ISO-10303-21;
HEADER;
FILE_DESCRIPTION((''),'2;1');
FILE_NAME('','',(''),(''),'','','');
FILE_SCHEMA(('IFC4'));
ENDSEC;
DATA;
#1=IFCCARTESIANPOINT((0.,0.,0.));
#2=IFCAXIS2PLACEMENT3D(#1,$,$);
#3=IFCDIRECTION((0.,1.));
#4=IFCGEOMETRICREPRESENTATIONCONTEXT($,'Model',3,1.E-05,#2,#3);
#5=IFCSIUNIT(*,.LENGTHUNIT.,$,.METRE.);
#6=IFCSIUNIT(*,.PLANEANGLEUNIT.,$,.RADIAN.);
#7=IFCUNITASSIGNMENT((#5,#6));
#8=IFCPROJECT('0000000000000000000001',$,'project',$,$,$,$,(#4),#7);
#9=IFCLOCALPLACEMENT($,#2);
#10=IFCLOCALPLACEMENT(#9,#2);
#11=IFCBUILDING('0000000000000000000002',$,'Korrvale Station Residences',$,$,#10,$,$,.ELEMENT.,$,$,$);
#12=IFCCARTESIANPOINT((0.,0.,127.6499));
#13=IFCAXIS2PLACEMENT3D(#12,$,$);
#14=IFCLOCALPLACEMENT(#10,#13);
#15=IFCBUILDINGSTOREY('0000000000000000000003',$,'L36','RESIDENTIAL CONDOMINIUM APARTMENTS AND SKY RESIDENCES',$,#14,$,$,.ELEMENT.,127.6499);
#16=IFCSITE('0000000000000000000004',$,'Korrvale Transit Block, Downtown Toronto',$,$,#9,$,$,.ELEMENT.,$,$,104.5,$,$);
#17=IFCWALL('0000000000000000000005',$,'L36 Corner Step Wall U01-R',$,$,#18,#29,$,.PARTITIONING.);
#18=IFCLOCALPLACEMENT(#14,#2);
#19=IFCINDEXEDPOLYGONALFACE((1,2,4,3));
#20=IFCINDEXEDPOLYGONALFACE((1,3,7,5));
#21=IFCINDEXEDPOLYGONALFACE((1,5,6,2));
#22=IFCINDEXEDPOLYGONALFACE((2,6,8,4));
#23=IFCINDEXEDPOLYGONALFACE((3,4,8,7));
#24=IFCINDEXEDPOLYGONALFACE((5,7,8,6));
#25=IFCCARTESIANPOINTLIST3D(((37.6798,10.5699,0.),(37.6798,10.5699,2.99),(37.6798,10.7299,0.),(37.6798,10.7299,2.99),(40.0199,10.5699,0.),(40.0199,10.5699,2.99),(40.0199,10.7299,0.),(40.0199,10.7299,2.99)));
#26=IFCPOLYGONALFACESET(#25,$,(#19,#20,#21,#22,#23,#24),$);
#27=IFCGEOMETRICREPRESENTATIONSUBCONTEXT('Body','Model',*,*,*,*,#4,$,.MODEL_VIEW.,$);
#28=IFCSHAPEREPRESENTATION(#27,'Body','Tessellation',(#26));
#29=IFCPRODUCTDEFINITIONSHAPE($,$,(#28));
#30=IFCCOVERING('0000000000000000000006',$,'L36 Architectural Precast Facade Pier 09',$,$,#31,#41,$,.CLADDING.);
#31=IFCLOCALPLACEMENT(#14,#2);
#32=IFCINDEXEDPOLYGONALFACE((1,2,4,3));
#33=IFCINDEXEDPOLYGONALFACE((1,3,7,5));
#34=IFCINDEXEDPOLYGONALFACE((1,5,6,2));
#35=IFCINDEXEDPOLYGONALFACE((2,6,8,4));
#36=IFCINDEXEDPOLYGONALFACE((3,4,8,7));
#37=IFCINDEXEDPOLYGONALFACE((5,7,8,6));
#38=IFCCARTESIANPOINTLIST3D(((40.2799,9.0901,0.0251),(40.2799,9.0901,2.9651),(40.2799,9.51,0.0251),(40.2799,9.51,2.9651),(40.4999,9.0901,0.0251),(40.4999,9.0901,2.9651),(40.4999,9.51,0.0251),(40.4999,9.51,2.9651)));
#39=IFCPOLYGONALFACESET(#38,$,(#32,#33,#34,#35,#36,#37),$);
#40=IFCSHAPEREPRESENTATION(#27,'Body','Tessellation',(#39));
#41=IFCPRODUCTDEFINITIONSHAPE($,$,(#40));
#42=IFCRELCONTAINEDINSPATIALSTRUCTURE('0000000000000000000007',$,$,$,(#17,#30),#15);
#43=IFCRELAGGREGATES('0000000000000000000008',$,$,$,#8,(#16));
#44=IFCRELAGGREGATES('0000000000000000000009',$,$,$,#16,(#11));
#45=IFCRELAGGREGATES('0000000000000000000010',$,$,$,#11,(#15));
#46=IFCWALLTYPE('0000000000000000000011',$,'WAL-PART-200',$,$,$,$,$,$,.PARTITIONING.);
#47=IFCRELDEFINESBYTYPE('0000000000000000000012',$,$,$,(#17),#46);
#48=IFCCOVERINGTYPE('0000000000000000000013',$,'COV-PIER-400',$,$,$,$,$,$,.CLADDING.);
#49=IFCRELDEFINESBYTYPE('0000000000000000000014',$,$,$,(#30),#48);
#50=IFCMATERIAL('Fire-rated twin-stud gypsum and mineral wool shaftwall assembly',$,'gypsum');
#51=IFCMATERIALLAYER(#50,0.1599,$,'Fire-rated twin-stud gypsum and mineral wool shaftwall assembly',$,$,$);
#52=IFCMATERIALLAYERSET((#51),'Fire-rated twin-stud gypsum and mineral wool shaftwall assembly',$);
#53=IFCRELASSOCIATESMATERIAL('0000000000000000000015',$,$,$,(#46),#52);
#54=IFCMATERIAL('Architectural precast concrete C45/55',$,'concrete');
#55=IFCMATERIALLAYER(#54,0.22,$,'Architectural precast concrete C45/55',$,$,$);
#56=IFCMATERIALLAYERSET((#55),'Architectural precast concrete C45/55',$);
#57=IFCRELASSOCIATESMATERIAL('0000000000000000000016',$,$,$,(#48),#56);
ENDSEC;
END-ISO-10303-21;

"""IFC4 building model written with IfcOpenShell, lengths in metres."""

from ifc_helpers import new_model, si_unit, direction, frame, frame_2d, origin, origin_2d, place, context, subcontext, project, spatial, rectangle, extrude, material, layer, layer_set, type_object, element, save


model = new_model("IFC4")

# Units and contexts
model_context = context("Model", 3, precision=1e-05, world=origin(), true_north=direction((0.0, 1.0)))
body_context = subcontext(model_context, "Body", "Model", "MODEL_VIEW")
ifc_project = project(units=[si_unit("LENGTHUNIT", "METRE"), si_unit("PLANEANGLEUNIT", "RADIAN")], contexts=[model_context])

# Site, building, storey
site_placement = place(None, origin())
site = spatial("IfcSite", under=ifc_project, at=site_placement, Name="Korrvale Transit Block, Downtown Toronto", CompositionType="ELEMENT", RefElevation=104.5)
building_placement = place(site_placement, origin())
building = spatial("IfcBuilding", under=site, at=building_placement, Name="Korrvale Station Residences", CompositionType="ELEMENT")
storey_placement = place(building_placement, frame((0.0, 0.0, 127.6499)))
storey = spatial("IfcBuildingStorey", under=building, at=storey_placement, Name="L36", Description="RESIDENTIAL CONDOMINIUM APARTMENTS AND SKY RESIDENCES", CompositionType="ELEMENT", Elevation=127.6499)

# Wall
ifc_material_1 = material(Name="Fire-rated twin-stud gypsum and mineral wool shaftwall assembly", Category="gypsum")
ifc_layer_1 = layer(ifc_material_1, 0.1599, Name="Fire-rated twin-stud gypsum and mineral wool shaftwall assembly")
ifc_layer_set_1 = layer_set([ifc_layer_1], Name="Fire-rated twin-stud gypsum and mineral wool shaftwall assembly")
wall_type_1 = type_object("IfcWallType", Name="WAL-PART-200", PredefinedType="PARTITIONING", material=ifc_layer_set_1)
wall_1_placement = place(storey_placement, frame((37.6799, 10.6499, 0.0), z_axis=(0.0, 0.0, 1.0), x_axis=(1.0, 0.0, 0.0)))
element("IfcWall", 1, at=wall_1_placement, inside=storey, type_object=wall_type_1, Name="L36 Corner Step Wall U01-R", PredefinedType="PARTITIONING", context=body_context, shape_type="SweptSolid", body=[
    extrude(rectangle(XDim=2.3401, YDim=0.1599, at=frame_2d((1.1699, 0.0))), origin(), (0.0, 0.0, 1.0), 2.99),
])

# Covering
ifc_material_2 = material(Name="Architectural precast concrete C45/55", Category="concrete")
ifc_layer_2 = layer(ifc_material_2, 0.22, Name="Architectural precast concrete C45/55")
ifc_layer_set_2 = layer_set([ifc_layer_2], Name="Architectural precast concrete C45/55")
covering_type = type_object("IfcCoveringType", Name="COV-PIER-400", PredefinedType="CLADDING", material=ifc_layer_set_2)
covering_placement = place(storey_placement, frame((40.3899, 9.3, 0.0251), z_axis=(0.0, 0.0, 1.0), x_axis=(0.0, 1.0, 0.0)))
element("IfcCovering", 2, at=covering_placement, inside=storey, type_object=covering_type, Name="L36 Architectural Precast Facade Pier 09", PredefinedType="CLADDING", context=body_context, shape_type="SweptSolid", body=[
    extrude(rectangle(XDim=0.4199, YDim=0.22, at=origin_2d()), origin(), (0.0, 0.0, 1.0), 2.9399),
])

save(model, "model.ifc")
